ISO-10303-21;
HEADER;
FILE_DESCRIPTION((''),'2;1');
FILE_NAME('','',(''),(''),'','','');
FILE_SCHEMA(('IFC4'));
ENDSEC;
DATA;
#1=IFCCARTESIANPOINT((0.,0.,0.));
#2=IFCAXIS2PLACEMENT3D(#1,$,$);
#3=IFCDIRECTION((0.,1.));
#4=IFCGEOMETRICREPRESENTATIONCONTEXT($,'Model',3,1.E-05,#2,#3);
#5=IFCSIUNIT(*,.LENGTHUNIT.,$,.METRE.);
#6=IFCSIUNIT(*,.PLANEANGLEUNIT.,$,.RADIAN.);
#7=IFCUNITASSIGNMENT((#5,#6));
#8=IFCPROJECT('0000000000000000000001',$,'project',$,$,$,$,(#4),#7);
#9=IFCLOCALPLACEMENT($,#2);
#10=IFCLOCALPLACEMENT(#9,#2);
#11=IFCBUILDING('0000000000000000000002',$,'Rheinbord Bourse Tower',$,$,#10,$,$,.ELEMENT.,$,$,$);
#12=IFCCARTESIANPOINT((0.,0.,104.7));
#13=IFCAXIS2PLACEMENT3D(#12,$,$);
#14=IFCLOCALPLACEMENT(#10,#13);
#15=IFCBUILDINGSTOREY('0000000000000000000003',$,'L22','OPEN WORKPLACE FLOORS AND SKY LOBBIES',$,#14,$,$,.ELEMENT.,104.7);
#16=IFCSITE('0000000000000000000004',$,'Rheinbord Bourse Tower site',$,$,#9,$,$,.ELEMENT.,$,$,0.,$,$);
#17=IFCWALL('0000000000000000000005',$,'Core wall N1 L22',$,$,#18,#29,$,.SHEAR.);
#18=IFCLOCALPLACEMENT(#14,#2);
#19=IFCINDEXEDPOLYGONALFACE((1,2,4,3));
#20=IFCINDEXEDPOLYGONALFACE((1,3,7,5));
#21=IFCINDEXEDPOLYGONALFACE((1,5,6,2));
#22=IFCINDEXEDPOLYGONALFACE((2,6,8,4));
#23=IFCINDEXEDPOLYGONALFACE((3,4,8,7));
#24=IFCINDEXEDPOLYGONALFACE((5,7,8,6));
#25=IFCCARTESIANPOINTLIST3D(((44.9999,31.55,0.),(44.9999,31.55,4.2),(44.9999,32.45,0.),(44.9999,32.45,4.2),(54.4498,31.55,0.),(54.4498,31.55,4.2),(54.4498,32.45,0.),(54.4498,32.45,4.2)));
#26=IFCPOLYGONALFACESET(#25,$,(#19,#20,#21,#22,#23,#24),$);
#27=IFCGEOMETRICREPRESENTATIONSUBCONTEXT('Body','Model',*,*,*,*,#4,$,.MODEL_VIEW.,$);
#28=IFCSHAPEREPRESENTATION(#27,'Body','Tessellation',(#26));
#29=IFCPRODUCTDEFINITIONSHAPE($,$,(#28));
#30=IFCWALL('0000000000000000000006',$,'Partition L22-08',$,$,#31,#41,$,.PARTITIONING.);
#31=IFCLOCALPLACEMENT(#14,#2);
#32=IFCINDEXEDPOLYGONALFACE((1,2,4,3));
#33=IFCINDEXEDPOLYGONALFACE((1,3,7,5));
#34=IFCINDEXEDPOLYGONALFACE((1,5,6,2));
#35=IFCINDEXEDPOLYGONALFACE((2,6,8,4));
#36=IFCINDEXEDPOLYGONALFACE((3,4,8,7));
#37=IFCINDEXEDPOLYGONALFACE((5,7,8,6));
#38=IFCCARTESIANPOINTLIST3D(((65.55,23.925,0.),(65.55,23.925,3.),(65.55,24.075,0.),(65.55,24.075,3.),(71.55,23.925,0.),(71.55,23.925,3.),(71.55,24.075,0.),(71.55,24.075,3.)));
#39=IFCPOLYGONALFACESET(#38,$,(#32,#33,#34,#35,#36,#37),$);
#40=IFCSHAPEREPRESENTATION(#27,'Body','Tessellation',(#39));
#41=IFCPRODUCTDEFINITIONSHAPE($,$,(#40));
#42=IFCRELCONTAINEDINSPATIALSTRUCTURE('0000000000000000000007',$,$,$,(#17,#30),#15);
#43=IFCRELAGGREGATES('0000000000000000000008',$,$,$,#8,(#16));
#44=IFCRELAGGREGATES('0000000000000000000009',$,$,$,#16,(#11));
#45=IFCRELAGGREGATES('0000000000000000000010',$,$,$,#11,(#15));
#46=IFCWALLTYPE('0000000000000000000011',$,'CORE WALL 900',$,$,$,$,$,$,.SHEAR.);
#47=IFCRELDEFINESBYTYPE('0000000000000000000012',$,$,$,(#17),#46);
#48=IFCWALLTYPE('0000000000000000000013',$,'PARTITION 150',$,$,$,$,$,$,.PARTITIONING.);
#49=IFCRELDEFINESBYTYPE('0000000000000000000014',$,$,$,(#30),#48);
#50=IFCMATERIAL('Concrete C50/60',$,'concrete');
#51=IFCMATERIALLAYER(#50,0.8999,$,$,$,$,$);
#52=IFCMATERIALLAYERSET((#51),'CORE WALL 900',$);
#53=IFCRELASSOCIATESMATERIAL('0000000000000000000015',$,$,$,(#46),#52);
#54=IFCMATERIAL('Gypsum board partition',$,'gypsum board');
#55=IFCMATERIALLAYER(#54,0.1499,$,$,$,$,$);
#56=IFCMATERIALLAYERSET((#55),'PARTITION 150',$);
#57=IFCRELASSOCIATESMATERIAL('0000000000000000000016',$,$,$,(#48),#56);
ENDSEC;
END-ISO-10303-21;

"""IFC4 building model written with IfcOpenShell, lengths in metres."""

from ifc_helpers import new_model, si_unit, direction, frame, frame_2d, origin, place, context, subcontext, project, spatial, rectangle, extrude, material, layer, layer_set, type_object, element, save


model = new_model("IFC4")

# Units and contexts
model_context = context("Model", 3, precision=1e-05, world=origin(), true_north=direction((0.0, 1.0)))
body_context = subcontext(model_context, "Body", "Model", "MODEL_VIEW")
ifc_project = project(units=[si_unit("LENGTHUNIT", "METRE"), si_unit("PLANEANGLEUNIT", "RADIAN")], contexts=[model_context])

# Site, building, storey
site_placement = place(None, origin())
site = spatial("IfcSite", under=ifc_project, at=site_placement, Name="Rheinbord Bourse Tower site", CompositionType="ELEMENT", RefElevation=0.0)
building_placement = place(site_placement, origin())
building = spatial("IfcBuilding", under=site, at=building_placement, Name="Rheinbord Bourse Tower", CompositionType="ELEMENT")
storey_placement = place(building_placement, frame((0.0, 0.0, 104.7)))
storey = spatial("IfcBuildingStorey", under=building, at=storey_placement, Name="L22", Description="OPEN WORKPLACE FLOORS AND SKY LOBBIES", CompositionType="ELEMENT", Elevation=104.7)

# Walls
ifc_material_1 = material(Name="Concrete C50/60", Category="concrete")
ifc_layer_1 = layer(ifc_material_1, 0.8999)
ifc_layer_set_1 = layer_set([ifc_layer_1], Name="CORE WALL 900")
wall_type_1 = type_object("IfcWallType", Name="CORE WALL 900", PredefinedType="SHEAR", material=ifc_layer_set_1)
wall_1_placement = place(storey_placement, frame((54.45, 32.0, 0.0), z_axis=(0.0, 0.0, 1.0), x_axis=(-1.0, 0.0, 0.0)))
element("IfcWall", 1, at=wall_1_placement, inside=storey, type_object=wall_type_1, Name="Core wall N1 L22", PredefinedType="SHEAR", context=body_context, shape_type="SweptSolid", body=[
    extrude(rectangle(XDim=9.45, YDim=0.8999, at=frame_2d((4.7251, 0.0))), origin(), (0.0, 0.0, 1.0), 4.2),
])
ifc_material_2 = material(Name="Gypsum board partition", Category="gypsum board")
ifc_layer_2 = layer(ifc_material_2, 0.1499)
ifc_layer_set_2 = layer_set([ifc_layer_2], Name="PARTITION 150")
wall_type_2 = type_object("IfcWallType", Name="PARTITION 150", PredefinedType="PARTITIONING", material=ifc_layer_set_2)
wall_2_placement = place(storey_placement, frame((65.55, 24.0, 0.0), z_axis=(0.0, 0.0, 1.0), x_axis=(1.0, 0.0, 0.0)))
element("IfcWall", 2, at=wall_2_placement, inside=storey, type_object=wall_type_2, Name="Partition L22-08", PredefinedType="PARTITIONING", context=body_context, shape_type="SweptSolid", body=[
    extrude(rectangle(XDim=6.0, YDim=0.1499, at=frame_2d((3.0, 0.0))), origin(), (0.0, 0.0, 1.0), 3.0),
])

save(model, "model.ifc")
